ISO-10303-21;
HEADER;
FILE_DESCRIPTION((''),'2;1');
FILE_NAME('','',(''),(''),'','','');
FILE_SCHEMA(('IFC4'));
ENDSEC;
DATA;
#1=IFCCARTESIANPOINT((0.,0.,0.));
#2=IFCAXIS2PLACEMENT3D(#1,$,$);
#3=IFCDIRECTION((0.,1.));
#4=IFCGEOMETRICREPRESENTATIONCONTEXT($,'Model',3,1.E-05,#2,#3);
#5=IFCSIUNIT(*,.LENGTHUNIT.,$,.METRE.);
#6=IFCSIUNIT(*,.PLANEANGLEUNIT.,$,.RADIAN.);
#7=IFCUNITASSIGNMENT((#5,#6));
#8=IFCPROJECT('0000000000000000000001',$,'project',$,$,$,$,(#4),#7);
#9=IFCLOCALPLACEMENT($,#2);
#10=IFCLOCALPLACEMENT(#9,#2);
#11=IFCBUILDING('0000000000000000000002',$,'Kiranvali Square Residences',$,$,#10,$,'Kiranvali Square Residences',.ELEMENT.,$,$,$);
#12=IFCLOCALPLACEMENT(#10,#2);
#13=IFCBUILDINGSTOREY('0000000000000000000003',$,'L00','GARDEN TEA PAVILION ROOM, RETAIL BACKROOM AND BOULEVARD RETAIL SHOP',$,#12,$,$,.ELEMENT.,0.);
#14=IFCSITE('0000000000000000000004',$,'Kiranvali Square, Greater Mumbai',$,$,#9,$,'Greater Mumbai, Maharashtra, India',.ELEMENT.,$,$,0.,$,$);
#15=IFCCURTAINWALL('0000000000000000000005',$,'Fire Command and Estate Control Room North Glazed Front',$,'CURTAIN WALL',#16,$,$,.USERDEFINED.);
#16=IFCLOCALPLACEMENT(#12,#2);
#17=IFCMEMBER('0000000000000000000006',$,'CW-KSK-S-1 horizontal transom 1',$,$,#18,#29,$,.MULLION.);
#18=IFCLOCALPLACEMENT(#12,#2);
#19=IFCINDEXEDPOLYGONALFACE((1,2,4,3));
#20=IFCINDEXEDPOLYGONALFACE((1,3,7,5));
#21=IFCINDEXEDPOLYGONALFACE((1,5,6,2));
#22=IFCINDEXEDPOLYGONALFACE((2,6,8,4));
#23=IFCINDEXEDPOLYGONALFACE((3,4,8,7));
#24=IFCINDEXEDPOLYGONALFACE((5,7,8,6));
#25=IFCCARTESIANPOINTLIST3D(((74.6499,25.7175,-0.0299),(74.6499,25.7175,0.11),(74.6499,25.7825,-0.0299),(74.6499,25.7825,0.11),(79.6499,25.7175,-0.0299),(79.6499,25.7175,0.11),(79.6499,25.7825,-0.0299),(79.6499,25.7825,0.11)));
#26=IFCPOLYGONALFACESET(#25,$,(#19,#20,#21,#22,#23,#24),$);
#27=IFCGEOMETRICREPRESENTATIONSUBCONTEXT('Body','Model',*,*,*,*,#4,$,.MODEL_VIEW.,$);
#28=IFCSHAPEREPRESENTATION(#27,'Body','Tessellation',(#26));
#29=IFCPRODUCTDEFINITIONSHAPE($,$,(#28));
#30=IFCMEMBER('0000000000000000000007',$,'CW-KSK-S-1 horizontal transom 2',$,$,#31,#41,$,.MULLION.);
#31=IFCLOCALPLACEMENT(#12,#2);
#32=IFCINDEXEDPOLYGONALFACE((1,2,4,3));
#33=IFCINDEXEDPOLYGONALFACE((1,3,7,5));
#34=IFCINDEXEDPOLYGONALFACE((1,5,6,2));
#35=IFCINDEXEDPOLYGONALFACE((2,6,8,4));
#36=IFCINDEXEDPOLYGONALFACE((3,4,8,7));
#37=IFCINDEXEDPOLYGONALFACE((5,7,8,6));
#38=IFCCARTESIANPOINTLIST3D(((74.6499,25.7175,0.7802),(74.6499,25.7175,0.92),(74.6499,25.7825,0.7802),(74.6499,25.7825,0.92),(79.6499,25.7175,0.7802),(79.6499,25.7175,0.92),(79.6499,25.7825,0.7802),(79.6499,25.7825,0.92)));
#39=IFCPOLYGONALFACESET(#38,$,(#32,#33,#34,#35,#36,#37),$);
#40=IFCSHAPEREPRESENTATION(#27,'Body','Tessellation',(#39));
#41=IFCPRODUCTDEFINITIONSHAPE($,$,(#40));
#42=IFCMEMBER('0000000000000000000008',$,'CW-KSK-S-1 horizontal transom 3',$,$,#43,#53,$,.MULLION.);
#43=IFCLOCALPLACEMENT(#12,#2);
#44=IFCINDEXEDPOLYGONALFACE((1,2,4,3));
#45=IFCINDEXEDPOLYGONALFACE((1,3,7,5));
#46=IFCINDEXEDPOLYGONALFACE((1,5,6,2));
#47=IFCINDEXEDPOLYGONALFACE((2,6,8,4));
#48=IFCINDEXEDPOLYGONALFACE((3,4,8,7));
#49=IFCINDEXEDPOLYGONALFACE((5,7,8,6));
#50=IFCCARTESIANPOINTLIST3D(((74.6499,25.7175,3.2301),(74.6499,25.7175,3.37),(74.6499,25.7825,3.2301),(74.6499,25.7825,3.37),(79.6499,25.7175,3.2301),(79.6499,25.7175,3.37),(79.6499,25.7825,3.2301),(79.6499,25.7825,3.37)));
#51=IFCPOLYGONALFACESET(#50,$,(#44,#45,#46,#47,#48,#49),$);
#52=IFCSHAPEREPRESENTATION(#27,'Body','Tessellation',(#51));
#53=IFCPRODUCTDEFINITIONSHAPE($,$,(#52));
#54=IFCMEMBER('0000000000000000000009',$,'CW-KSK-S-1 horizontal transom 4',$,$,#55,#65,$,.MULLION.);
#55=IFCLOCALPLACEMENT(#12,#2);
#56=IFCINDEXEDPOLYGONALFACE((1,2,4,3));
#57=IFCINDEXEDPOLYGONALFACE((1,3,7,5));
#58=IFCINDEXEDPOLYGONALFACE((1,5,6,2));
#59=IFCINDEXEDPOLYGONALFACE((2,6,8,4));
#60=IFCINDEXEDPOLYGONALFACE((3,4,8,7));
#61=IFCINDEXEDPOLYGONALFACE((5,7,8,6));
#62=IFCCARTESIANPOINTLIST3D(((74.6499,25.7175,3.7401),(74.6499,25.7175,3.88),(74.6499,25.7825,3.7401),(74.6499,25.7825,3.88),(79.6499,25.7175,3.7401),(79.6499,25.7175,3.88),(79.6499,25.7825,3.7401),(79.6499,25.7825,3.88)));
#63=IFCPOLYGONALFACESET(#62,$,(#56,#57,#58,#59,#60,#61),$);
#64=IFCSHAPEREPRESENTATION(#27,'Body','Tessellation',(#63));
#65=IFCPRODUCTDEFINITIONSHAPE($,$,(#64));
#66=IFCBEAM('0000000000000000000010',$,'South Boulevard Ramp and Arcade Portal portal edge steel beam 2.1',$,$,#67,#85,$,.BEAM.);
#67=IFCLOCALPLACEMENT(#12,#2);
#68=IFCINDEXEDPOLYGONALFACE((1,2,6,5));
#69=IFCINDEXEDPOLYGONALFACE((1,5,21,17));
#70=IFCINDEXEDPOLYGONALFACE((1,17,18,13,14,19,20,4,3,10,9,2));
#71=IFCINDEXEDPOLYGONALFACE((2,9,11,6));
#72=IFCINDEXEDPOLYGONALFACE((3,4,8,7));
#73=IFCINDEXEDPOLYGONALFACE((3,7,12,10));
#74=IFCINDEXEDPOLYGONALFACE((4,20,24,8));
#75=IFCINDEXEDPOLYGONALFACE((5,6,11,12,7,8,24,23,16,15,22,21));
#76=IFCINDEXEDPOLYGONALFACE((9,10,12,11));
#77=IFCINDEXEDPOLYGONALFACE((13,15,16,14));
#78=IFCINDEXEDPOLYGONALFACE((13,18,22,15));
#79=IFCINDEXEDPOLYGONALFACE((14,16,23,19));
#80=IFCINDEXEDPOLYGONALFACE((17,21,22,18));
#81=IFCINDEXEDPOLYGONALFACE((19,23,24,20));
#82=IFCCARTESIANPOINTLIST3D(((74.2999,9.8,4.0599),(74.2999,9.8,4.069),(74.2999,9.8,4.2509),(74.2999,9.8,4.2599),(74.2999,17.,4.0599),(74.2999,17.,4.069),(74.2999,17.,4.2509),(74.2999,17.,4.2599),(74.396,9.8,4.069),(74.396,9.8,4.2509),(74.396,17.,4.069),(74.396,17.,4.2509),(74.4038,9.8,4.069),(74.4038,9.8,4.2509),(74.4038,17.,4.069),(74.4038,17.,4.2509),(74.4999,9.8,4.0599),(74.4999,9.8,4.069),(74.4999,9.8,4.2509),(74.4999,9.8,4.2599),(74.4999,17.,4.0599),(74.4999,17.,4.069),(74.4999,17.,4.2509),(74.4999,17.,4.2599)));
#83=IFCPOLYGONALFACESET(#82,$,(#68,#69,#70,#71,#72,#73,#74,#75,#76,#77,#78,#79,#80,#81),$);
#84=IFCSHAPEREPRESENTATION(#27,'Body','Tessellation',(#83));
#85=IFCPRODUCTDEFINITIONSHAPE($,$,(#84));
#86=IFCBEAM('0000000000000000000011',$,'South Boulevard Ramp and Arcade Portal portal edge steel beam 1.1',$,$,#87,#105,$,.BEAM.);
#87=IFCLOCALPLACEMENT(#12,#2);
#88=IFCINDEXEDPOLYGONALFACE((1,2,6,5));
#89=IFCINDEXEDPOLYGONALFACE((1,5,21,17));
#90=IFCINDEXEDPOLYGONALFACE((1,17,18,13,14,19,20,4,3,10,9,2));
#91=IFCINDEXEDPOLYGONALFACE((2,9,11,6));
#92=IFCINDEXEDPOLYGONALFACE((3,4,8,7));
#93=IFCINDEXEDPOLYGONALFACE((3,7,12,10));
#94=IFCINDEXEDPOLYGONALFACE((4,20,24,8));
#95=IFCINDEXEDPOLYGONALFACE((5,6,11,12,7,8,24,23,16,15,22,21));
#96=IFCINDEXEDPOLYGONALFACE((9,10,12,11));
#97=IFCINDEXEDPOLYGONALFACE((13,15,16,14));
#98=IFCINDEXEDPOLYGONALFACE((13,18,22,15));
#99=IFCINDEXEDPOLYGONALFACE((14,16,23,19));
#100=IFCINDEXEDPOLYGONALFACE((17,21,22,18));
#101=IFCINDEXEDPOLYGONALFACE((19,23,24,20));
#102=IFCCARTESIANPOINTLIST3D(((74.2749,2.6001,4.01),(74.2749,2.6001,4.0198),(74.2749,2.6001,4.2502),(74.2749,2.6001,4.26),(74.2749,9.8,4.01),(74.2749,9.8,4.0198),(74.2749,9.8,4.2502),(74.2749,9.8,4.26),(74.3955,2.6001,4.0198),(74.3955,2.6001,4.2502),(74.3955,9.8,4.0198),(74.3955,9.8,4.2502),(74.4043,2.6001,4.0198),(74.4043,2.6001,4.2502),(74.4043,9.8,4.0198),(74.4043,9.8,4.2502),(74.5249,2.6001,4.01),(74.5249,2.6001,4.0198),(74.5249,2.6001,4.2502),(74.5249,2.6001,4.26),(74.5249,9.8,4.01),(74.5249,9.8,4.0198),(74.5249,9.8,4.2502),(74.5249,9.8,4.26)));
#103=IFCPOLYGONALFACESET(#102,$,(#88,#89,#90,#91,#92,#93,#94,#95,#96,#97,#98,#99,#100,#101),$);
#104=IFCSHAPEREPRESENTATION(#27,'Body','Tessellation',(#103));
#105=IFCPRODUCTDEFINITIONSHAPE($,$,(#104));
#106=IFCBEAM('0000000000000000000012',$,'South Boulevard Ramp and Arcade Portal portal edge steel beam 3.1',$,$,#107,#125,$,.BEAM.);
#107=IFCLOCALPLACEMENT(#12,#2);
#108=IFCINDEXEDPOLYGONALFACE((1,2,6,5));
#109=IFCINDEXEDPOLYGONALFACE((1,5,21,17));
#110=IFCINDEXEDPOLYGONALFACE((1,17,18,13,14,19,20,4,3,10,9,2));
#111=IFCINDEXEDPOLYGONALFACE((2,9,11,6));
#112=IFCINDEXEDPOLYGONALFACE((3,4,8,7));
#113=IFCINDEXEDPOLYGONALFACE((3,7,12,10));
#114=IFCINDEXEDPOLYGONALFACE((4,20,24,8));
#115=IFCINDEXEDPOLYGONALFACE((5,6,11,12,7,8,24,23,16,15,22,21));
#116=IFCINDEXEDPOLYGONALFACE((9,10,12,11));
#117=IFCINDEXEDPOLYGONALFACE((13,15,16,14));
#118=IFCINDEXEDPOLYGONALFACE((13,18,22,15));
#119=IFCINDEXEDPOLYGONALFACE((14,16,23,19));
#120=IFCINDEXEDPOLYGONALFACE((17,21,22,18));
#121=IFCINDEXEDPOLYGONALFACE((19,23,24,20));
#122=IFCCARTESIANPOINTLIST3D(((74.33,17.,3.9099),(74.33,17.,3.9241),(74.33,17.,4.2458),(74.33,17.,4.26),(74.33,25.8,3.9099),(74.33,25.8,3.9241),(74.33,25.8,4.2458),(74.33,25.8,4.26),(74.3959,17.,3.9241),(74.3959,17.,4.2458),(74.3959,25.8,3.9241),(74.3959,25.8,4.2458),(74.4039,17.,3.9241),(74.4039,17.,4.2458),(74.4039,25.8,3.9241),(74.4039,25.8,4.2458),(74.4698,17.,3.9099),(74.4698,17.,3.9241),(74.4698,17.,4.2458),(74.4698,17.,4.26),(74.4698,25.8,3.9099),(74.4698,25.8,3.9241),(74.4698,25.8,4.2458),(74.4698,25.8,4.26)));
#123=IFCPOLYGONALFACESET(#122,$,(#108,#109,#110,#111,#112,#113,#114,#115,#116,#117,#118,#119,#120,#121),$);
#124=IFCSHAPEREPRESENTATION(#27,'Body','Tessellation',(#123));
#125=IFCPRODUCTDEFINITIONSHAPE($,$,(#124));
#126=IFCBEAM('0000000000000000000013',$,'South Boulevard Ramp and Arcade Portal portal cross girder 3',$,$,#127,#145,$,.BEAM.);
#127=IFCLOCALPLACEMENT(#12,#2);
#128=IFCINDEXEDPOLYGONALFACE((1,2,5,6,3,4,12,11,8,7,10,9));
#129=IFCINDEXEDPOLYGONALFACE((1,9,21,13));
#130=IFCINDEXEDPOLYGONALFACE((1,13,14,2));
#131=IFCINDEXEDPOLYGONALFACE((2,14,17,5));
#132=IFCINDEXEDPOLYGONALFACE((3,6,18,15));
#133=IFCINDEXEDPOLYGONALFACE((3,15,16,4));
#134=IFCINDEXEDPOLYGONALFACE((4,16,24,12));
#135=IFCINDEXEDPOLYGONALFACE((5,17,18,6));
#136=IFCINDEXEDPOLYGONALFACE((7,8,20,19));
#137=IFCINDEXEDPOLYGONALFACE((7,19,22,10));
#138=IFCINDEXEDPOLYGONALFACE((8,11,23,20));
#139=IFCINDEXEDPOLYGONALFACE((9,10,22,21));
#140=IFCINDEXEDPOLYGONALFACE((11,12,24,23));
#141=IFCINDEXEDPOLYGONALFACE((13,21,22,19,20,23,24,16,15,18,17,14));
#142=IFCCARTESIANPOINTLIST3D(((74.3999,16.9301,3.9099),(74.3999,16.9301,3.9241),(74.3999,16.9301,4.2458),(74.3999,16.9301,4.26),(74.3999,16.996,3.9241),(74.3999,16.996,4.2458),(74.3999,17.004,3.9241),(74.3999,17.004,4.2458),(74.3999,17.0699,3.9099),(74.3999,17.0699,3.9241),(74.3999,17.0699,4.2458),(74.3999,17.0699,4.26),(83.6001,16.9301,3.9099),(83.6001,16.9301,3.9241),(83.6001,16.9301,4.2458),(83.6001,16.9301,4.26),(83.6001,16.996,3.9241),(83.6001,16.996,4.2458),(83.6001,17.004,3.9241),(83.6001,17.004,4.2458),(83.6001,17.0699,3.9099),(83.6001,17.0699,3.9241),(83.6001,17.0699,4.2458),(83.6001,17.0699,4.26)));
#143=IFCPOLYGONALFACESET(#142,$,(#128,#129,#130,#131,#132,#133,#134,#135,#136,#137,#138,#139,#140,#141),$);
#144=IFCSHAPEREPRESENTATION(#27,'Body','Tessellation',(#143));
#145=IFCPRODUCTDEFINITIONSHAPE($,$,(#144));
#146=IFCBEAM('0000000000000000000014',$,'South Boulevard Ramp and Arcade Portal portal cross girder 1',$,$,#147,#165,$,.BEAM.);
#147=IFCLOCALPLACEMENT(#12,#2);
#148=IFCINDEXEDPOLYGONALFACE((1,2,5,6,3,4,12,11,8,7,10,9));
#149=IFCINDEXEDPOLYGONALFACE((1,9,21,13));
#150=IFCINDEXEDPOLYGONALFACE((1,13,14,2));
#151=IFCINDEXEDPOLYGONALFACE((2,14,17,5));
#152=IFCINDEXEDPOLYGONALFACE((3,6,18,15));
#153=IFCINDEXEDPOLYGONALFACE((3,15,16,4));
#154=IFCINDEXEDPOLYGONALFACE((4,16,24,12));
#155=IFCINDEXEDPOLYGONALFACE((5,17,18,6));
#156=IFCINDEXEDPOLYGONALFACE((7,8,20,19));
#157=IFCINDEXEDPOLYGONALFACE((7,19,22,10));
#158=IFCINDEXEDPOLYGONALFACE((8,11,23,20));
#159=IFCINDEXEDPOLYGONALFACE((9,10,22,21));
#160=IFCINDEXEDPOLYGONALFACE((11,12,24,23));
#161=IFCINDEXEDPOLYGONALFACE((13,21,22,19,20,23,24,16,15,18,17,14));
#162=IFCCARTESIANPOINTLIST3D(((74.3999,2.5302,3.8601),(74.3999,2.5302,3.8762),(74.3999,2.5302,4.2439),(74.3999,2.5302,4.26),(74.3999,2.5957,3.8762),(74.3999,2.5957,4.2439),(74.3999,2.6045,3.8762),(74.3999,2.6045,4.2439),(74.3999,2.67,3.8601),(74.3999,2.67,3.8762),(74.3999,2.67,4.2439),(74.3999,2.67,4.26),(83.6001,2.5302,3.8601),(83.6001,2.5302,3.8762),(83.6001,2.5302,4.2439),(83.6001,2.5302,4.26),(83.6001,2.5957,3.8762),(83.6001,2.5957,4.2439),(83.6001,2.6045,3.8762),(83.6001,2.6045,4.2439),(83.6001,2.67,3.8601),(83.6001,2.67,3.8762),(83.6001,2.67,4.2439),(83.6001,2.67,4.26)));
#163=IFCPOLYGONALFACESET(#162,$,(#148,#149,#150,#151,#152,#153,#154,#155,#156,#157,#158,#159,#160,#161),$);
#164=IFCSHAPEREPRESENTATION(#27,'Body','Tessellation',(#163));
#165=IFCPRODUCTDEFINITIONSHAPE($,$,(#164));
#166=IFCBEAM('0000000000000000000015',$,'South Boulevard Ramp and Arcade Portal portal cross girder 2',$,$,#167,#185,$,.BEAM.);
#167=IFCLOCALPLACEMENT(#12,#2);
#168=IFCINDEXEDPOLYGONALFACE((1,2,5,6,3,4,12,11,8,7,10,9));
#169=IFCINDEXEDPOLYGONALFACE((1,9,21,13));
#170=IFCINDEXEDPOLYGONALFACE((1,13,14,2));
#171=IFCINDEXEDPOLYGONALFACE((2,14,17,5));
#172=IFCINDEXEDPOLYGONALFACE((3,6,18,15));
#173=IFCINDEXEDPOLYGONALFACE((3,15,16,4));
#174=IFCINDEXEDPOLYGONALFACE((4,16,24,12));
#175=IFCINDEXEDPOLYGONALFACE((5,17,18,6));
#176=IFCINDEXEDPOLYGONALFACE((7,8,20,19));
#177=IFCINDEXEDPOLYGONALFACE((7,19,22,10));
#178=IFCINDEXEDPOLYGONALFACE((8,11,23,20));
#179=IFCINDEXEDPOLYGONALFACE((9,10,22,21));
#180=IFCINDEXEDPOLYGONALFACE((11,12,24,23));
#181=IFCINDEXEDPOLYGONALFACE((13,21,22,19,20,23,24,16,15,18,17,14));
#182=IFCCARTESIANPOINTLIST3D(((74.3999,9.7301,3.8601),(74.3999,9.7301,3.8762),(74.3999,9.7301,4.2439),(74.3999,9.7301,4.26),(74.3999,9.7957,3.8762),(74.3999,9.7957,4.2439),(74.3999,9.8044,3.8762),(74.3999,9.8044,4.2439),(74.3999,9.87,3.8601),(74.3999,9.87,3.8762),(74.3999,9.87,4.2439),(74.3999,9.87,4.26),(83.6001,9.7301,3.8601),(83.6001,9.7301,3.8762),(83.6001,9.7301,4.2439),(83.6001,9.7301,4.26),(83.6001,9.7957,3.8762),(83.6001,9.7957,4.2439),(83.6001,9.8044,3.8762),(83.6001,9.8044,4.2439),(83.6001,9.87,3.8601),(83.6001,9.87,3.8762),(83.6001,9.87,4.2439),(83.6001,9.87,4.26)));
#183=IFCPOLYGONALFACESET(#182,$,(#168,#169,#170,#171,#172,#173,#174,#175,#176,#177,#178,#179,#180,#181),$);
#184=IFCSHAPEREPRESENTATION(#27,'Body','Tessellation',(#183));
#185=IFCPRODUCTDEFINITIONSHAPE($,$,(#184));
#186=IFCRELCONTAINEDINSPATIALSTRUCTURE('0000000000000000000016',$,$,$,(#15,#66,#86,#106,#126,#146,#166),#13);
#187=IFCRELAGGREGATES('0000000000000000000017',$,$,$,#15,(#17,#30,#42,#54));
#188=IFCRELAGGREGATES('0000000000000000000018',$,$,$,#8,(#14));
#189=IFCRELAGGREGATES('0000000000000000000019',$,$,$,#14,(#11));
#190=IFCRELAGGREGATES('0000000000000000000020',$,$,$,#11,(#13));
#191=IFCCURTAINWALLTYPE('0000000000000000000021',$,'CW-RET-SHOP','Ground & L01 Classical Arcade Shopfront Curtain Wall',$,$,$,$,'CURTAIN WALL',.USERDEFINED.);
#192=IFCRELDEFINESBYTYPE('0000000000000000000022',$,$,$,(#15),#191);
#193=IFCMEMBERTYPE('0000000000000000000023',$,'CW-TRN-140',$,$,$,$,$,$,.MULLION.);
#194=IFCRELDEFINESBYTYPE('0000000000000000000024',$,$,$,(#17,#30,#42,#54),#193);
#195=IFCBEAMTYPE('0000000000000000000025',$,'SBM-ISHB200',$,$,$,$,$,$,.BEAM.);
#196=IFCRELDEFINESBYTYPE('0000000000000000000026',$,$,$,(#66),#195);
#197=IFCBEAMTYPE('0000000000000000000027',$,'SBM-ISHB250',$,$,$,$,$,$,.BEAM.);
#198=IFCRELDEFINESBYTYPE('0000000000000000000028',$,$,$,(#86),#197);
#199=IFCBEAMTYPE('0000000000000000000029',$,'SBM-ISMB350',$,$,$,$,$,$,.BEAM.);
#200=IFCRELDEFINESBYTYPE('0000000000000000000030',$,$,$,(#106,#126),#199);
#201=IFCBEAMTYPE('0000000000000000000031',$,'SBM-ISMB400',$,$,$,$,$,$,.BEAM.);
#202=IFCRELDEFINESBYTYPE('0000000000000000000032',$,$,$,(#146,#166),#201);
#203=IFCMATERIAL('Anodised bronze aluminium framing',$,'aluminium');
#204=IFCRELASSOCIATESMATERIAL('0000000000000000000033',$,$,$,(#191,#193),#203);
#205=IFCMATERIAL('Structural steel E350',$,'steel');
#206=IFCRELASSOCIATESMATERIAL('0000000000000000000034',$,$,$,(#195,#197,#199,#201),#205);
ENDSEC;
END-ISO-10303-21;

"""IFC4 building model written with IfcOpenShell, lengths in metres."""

from ifc_helpers import new_model, si_unit, direction, frame, origin, origin_2d, place, context, subcontext, project, spatial, rectangle, i_section, extrude, material, material_profile, profile_set, type_object, element, aggregate, save


model = new_model("IFC4")

# Units and contexts
model_context = context("Model", 3, precision=1e-05, world=origin(), true_north=direction((0.0, 1.0)))
body_context = subcontext(model_context, "Body", "Model", "MODEL_VIEW")
ifc_project = project(units=[si_unit("LENGTHUNIT", "METRE"), si_unit("PLANEANGLEUNIT", "RADIAN")], contexts=[model_context])

# Site, building, storey
site_placement = place(None, origin())
site = spatial("IfcSite", under=ifc_project, at=site_placement, Name="Kiranvali Square, Greater Mumbai", LongName="Greater Mumbai, Maharashtra, India", CompositionType="ELEMENT", RefElevation=0.0)
building_placement = place(site_placement, origin())
building = spatial("IfcBuilding", under=site, at=building_placement, Name="Kiranvali Square Residences", LongName="Kiranvali Square Residences", CompositionType="ELEMENT")
storey_placement = place(building_placement, origin())
storey = spatial("IfcBuildingStorey", under=building, at=storey_placement, Name="L00", Description="GARDEN TEA PAVILION ROOM, RETAIL BACKROOM AND BOULEVARD RETAIL SHOP", CompositionType="ELEMENT", Elevation=0.0)

# Shared definitions
ifc_material_1 = material(Name="Structural steel E350", Category="steel")

# Curtain wall, members
ifc_material_2 = material(Name="Anodised bronze aluminium framing", Category="aluminium")
curtain_wall_type = type_object("IfcCurtainWallType", Name="CW-RET-SHOP", Description="Ground & L01 Classical Arcade Shopfront Curtain Wall", ElementType="CURTAIN WALL", PredefinedType="USERDEFINED", material=ifc_material_2)
curtain_wall_placement = place(storey_placement, origin())
curtain_wall = element("IfcCurtainWall", 1, at=curtain_wall_placement, inside=storey, type_object=curtain_wall_type, Name="Fire Command and Estate Control Room North Glazed Front", ObjectType="CURTAIN WALL", PredefinedType="USERDEFINED")
ifc_material_profile_1 = material_profile(ifc_material_2, rectangle(XDim=0.0649, YDim=0.1399, at=origin_2d()), Name="ALU 65x140")
ifc_profile_set_1 = profile_set([ifc_material_profile_1], Name="Anodised bronze aluminium framing")
member_type_1 = type_object("IfcMemberType", Name="CW-TRN-140", PredefinedType="MULLION", material=ifc_profile_set_1)
member_1_placement = place(storey_placement, frame((74.6499, 25.75, 0.04), z_axis=(1.0, 0.0, 0.0), x_axis=(0.0, 1.0, 0.0)))
member_1 = element("IfcMember", 2, at=member_1_placement, type_object=member_type_1, Name="CW-KSK-S-1 horizontal transom 1", PredefinedType="MULLION", context=body_context, shape_type="SweptSolid", body=[
    extrude(rectangle(XDim=0.0649, YDim=0.1399, at=origin_2d()), origin(), (0.0, 0.0, 1.0), 5.0),
])
member_2_placement = place(storey_placement, frame((74.6499, 25.75, 0.8501), z_axis=(1.0, 0.0, 0.0), x_axis=(0.0, 1.0, 0.0)))
member_2 = element("IfcMember", 3, at=member_2_placement, type_object=member_type_1, Name="CW-KSK-S-1 horizontal transom 2", PredefinedType="MULLION", context=body_context, shape_type="SweptSolid", body=[
    extrude(rectangle(XDim=0.0649, YDim=0.1399, at=origin_2d()), origin(), (0.0, 0.0, 1.0), 5.0),
])
member_3_placement = place(storey_placement, frame((74.6499, 25.75, 3.3), z_axis=(1.0, 0.0, 0.0), x_axis=(0.0, 1.0, 0.0)))
member_3 = element("IfcMember", 4, at=member_3_placement, type_object=member_type_1, Name="CW-KSK-S-1 horizontal transom 3", PredefinedType="MULLION", context=body_context, shape_type="SweptSolid", body=[
    extrude(rectangle(XDim=0.0649, YDim=0.1399, at=origin_2d()), origin(), (0.0, 0.0, 1.0), 5.0),
])
member_4_placement = place(storey_placement, frame((74.6499, 25.75, 3.8101), z_axis=(1.0, 0.0, 0.0), x_axis=(0.0, 1.0, 0.0)))
member_4 = element("IfcMember", 5, at=member_4_placement, type_object=member_type_1, Name="CW-KSK-S-1 horizontal transom 4", PredefinedType="MULLION", context=body_context, shape_type="SweptSolid", body=[
    extrude(rectangle(XDim=0.0649, YDim=0.1399, at=origin_2d()), origin(), (0.0, 0.0, 1.0), 5.0),
])

# Beams
ifc_material_profile_2 = material_profile(ifc_material_1, i_section(OverallWidth=0.2, OverallDepth=0.2, WebThickness=0.0078, FlangeThickness=0.009, at=origin_2d()), Name="ISHB 200")
ifc_profile_set_2 = profile_set([ifc_material_profile_2], Name="Structural steel E350")
beam_type_1 = type_object("IfcBeamType", Name="SBM-ISHB200", PredefinedType="BEAM", material=ifc_profile_set_2)
beam_1_placement = place(storey_placement, frame((74.3999, 9.8, 4.1599), z_axis=(0.0, 1.0, 0.0), x_axis=(-1.0, 0.0, 0.0)))
element("IfcBeam", 6, at=beam_1_placement, inside=storey, type_object=beam_type_1, Name="South Boulevard Ramp and Arcade Portal portal edge steel beam 2.1", PredefinedType="BEAM", context=body_context, shape_type="SweptSolid", body=[
    extrude(i_section(OverallWidth=0.2, OverallDepth=0.2, WebThickness=0.0078, FlangeThickness=0.009, at=origin_2d()), origin(), (0.0, 0.0, 1.0), 7.2),
])
ifc_material_profile_3 = material_profile(ifc_material_1, i_section(OverallWidth=0.25, OverallDepth=0.25, WebThickness=0.0088, FlangeThickness=0.0098, at=origin_2d()), Name="ISHB 250")
ifc_profile_set_3 = profile_set([ifc_material_profile_3], Name="Structural steel E350")
beam_type_2 = type_object("IfcBeamType", Name="SBM-ISHB250", PredefinedType="BEAM", material=ifc_profile_set_3)
beam_2_placement = place(storey_placement, frame((74.3999, 2.6001, 4.135), z_axis=(0.0, 1.0, 0.0), x_axis=(-1.0, 0.0, 0.0)))
element("IfcBeam", 7, at=beam_2_placement, inside=storey, type_object=beam_type_2, Name="South Boulevard Ramp and Arcade Portal portal edge steel beam 1.1", PredefinedType="BEAM", context=body_context, shape_type="SweptSolid", body=[
    extrude(i_section(OverallWidth=0.25, OverallDepth=0.25, WebThickness=0.0088, FlangeThickness=0.0098, at=origin_2d()), origin(), (0.0, 0.0, 1.0), 7.2),
])
ifc_material_profile_4 = material_profile(ifc_material_1, i_section(OverallWidth=0.1399, OverallDepth=0.3501, WebThickness=0.0081, FlangeThickness=0.0142, at=origin_2d()), Name="ISMB 350")
ifc_profile_set_4 = profile_set([ifc_material_profile_4], Name="Structural steel E350")
beam_type_3 = type_object("IfcBeamType", Name="SBM-ISMB350", PredefinedType="BEAM", material=ifc_profile_set_4)
beam_3_placement = place(storey_placement, frame((74.3999, 17.0, 4.085), z_axis=(0.0, 1.0, 0.0), x_axis=(-1.0, 0.0, 0.0)))
element("IfcBeam", 8, at=beam_3_placement, inside=storey, type_object=beam_type_3, Name="South Boulevard Ramp and Arcade Portal portal edge steel beam 3.1", PredefinedType="BEAM", context=body_context, shape_type="SweptSolid", body=[
    extrude(i_section(OverallWidth=0.1399, OverallDepth=0.3501, WebThickness=0.0081, FlangeThickness=0.0142, at=origin_2d()), origin(), (0.0, 0.0, 1.0), 8.8),
])
beam_4_placement = place(storey_placement, frame((74.3999, 17.0, 4.085), z_axis=(1.0, 0.0, 0.0), x_axis=(0.0, 1.0, 0.0)))
element("IfcBeam", 9, at=beam_4_placement, inside=storey, type_object=beam_type_3, Name="South Boulevard Ramp and Arcade Portal portal cross girder 3", PredefinedType="BEAM", context=body_context, shape_type="SweptSolid", body=[
    extrude(i_section(OverallWidth=0.1399, OverallDepth=0.3501, WebThickness=0.0081, FlangeThickness=0.0142, at=origin_2d()), origin(), (0.0, 0.0, 1.0), 9.2002),
])
ifc_material_profile_5 = material_profile(ifc_material_1, i_section(OverallWidth=0.1399, OverallDepth=0.3999, WebThickness=0.0088, FlangeThickness=0.0161, at=origin_2d()), Name="ISMB 400")
ifc_profile_set_5 = profile_set([ifc_material_profile_5], Name="Structural steel E350")
beam_type_4 = type_object("IfcBeamType", Name="SBM-ISMB400", PredefinedType="BEAM", material=ifc_profile_set_5)
for number, where, z_axis, x_axis, name in (
    (10, (74.3999, 2.6001, 4.0601), (1.0, 0.0, 0.0), (0.0, 1.0, 0.0), "South Boulevard Ramp and Arcade Portal portal cross girder 1"),
    (11, (74.3999, 9.8, 4.0601), (1.0, 0.0, 0.0), (0.0, 1.0, 0.0), "South Boulevard Ramp and Arcade Portal portal cross girder 2"),
):
    element("IfcBeam", number, at=place(storey_placement, frame(where, z_axis=z_axis, x_axis=x_axis)), inside=storey, type_object=beam_type_4, Name=name, PredefinedType="BEAM", context=body_context, shape_type="SweptSolid", body=[
        extrude(i_section(OverallWidth=0.1399, OverallDepth=0.3999, WebThickness=0.0088, FlangeThickness=0.0161, at=origin_2d()), origin(), (0.0, 0.0, 1.0), 9.2002),
    ])

aggregate(curtain_wall, [member_1, member_2, member_3, member_4])

save(model, "model.ifc")
